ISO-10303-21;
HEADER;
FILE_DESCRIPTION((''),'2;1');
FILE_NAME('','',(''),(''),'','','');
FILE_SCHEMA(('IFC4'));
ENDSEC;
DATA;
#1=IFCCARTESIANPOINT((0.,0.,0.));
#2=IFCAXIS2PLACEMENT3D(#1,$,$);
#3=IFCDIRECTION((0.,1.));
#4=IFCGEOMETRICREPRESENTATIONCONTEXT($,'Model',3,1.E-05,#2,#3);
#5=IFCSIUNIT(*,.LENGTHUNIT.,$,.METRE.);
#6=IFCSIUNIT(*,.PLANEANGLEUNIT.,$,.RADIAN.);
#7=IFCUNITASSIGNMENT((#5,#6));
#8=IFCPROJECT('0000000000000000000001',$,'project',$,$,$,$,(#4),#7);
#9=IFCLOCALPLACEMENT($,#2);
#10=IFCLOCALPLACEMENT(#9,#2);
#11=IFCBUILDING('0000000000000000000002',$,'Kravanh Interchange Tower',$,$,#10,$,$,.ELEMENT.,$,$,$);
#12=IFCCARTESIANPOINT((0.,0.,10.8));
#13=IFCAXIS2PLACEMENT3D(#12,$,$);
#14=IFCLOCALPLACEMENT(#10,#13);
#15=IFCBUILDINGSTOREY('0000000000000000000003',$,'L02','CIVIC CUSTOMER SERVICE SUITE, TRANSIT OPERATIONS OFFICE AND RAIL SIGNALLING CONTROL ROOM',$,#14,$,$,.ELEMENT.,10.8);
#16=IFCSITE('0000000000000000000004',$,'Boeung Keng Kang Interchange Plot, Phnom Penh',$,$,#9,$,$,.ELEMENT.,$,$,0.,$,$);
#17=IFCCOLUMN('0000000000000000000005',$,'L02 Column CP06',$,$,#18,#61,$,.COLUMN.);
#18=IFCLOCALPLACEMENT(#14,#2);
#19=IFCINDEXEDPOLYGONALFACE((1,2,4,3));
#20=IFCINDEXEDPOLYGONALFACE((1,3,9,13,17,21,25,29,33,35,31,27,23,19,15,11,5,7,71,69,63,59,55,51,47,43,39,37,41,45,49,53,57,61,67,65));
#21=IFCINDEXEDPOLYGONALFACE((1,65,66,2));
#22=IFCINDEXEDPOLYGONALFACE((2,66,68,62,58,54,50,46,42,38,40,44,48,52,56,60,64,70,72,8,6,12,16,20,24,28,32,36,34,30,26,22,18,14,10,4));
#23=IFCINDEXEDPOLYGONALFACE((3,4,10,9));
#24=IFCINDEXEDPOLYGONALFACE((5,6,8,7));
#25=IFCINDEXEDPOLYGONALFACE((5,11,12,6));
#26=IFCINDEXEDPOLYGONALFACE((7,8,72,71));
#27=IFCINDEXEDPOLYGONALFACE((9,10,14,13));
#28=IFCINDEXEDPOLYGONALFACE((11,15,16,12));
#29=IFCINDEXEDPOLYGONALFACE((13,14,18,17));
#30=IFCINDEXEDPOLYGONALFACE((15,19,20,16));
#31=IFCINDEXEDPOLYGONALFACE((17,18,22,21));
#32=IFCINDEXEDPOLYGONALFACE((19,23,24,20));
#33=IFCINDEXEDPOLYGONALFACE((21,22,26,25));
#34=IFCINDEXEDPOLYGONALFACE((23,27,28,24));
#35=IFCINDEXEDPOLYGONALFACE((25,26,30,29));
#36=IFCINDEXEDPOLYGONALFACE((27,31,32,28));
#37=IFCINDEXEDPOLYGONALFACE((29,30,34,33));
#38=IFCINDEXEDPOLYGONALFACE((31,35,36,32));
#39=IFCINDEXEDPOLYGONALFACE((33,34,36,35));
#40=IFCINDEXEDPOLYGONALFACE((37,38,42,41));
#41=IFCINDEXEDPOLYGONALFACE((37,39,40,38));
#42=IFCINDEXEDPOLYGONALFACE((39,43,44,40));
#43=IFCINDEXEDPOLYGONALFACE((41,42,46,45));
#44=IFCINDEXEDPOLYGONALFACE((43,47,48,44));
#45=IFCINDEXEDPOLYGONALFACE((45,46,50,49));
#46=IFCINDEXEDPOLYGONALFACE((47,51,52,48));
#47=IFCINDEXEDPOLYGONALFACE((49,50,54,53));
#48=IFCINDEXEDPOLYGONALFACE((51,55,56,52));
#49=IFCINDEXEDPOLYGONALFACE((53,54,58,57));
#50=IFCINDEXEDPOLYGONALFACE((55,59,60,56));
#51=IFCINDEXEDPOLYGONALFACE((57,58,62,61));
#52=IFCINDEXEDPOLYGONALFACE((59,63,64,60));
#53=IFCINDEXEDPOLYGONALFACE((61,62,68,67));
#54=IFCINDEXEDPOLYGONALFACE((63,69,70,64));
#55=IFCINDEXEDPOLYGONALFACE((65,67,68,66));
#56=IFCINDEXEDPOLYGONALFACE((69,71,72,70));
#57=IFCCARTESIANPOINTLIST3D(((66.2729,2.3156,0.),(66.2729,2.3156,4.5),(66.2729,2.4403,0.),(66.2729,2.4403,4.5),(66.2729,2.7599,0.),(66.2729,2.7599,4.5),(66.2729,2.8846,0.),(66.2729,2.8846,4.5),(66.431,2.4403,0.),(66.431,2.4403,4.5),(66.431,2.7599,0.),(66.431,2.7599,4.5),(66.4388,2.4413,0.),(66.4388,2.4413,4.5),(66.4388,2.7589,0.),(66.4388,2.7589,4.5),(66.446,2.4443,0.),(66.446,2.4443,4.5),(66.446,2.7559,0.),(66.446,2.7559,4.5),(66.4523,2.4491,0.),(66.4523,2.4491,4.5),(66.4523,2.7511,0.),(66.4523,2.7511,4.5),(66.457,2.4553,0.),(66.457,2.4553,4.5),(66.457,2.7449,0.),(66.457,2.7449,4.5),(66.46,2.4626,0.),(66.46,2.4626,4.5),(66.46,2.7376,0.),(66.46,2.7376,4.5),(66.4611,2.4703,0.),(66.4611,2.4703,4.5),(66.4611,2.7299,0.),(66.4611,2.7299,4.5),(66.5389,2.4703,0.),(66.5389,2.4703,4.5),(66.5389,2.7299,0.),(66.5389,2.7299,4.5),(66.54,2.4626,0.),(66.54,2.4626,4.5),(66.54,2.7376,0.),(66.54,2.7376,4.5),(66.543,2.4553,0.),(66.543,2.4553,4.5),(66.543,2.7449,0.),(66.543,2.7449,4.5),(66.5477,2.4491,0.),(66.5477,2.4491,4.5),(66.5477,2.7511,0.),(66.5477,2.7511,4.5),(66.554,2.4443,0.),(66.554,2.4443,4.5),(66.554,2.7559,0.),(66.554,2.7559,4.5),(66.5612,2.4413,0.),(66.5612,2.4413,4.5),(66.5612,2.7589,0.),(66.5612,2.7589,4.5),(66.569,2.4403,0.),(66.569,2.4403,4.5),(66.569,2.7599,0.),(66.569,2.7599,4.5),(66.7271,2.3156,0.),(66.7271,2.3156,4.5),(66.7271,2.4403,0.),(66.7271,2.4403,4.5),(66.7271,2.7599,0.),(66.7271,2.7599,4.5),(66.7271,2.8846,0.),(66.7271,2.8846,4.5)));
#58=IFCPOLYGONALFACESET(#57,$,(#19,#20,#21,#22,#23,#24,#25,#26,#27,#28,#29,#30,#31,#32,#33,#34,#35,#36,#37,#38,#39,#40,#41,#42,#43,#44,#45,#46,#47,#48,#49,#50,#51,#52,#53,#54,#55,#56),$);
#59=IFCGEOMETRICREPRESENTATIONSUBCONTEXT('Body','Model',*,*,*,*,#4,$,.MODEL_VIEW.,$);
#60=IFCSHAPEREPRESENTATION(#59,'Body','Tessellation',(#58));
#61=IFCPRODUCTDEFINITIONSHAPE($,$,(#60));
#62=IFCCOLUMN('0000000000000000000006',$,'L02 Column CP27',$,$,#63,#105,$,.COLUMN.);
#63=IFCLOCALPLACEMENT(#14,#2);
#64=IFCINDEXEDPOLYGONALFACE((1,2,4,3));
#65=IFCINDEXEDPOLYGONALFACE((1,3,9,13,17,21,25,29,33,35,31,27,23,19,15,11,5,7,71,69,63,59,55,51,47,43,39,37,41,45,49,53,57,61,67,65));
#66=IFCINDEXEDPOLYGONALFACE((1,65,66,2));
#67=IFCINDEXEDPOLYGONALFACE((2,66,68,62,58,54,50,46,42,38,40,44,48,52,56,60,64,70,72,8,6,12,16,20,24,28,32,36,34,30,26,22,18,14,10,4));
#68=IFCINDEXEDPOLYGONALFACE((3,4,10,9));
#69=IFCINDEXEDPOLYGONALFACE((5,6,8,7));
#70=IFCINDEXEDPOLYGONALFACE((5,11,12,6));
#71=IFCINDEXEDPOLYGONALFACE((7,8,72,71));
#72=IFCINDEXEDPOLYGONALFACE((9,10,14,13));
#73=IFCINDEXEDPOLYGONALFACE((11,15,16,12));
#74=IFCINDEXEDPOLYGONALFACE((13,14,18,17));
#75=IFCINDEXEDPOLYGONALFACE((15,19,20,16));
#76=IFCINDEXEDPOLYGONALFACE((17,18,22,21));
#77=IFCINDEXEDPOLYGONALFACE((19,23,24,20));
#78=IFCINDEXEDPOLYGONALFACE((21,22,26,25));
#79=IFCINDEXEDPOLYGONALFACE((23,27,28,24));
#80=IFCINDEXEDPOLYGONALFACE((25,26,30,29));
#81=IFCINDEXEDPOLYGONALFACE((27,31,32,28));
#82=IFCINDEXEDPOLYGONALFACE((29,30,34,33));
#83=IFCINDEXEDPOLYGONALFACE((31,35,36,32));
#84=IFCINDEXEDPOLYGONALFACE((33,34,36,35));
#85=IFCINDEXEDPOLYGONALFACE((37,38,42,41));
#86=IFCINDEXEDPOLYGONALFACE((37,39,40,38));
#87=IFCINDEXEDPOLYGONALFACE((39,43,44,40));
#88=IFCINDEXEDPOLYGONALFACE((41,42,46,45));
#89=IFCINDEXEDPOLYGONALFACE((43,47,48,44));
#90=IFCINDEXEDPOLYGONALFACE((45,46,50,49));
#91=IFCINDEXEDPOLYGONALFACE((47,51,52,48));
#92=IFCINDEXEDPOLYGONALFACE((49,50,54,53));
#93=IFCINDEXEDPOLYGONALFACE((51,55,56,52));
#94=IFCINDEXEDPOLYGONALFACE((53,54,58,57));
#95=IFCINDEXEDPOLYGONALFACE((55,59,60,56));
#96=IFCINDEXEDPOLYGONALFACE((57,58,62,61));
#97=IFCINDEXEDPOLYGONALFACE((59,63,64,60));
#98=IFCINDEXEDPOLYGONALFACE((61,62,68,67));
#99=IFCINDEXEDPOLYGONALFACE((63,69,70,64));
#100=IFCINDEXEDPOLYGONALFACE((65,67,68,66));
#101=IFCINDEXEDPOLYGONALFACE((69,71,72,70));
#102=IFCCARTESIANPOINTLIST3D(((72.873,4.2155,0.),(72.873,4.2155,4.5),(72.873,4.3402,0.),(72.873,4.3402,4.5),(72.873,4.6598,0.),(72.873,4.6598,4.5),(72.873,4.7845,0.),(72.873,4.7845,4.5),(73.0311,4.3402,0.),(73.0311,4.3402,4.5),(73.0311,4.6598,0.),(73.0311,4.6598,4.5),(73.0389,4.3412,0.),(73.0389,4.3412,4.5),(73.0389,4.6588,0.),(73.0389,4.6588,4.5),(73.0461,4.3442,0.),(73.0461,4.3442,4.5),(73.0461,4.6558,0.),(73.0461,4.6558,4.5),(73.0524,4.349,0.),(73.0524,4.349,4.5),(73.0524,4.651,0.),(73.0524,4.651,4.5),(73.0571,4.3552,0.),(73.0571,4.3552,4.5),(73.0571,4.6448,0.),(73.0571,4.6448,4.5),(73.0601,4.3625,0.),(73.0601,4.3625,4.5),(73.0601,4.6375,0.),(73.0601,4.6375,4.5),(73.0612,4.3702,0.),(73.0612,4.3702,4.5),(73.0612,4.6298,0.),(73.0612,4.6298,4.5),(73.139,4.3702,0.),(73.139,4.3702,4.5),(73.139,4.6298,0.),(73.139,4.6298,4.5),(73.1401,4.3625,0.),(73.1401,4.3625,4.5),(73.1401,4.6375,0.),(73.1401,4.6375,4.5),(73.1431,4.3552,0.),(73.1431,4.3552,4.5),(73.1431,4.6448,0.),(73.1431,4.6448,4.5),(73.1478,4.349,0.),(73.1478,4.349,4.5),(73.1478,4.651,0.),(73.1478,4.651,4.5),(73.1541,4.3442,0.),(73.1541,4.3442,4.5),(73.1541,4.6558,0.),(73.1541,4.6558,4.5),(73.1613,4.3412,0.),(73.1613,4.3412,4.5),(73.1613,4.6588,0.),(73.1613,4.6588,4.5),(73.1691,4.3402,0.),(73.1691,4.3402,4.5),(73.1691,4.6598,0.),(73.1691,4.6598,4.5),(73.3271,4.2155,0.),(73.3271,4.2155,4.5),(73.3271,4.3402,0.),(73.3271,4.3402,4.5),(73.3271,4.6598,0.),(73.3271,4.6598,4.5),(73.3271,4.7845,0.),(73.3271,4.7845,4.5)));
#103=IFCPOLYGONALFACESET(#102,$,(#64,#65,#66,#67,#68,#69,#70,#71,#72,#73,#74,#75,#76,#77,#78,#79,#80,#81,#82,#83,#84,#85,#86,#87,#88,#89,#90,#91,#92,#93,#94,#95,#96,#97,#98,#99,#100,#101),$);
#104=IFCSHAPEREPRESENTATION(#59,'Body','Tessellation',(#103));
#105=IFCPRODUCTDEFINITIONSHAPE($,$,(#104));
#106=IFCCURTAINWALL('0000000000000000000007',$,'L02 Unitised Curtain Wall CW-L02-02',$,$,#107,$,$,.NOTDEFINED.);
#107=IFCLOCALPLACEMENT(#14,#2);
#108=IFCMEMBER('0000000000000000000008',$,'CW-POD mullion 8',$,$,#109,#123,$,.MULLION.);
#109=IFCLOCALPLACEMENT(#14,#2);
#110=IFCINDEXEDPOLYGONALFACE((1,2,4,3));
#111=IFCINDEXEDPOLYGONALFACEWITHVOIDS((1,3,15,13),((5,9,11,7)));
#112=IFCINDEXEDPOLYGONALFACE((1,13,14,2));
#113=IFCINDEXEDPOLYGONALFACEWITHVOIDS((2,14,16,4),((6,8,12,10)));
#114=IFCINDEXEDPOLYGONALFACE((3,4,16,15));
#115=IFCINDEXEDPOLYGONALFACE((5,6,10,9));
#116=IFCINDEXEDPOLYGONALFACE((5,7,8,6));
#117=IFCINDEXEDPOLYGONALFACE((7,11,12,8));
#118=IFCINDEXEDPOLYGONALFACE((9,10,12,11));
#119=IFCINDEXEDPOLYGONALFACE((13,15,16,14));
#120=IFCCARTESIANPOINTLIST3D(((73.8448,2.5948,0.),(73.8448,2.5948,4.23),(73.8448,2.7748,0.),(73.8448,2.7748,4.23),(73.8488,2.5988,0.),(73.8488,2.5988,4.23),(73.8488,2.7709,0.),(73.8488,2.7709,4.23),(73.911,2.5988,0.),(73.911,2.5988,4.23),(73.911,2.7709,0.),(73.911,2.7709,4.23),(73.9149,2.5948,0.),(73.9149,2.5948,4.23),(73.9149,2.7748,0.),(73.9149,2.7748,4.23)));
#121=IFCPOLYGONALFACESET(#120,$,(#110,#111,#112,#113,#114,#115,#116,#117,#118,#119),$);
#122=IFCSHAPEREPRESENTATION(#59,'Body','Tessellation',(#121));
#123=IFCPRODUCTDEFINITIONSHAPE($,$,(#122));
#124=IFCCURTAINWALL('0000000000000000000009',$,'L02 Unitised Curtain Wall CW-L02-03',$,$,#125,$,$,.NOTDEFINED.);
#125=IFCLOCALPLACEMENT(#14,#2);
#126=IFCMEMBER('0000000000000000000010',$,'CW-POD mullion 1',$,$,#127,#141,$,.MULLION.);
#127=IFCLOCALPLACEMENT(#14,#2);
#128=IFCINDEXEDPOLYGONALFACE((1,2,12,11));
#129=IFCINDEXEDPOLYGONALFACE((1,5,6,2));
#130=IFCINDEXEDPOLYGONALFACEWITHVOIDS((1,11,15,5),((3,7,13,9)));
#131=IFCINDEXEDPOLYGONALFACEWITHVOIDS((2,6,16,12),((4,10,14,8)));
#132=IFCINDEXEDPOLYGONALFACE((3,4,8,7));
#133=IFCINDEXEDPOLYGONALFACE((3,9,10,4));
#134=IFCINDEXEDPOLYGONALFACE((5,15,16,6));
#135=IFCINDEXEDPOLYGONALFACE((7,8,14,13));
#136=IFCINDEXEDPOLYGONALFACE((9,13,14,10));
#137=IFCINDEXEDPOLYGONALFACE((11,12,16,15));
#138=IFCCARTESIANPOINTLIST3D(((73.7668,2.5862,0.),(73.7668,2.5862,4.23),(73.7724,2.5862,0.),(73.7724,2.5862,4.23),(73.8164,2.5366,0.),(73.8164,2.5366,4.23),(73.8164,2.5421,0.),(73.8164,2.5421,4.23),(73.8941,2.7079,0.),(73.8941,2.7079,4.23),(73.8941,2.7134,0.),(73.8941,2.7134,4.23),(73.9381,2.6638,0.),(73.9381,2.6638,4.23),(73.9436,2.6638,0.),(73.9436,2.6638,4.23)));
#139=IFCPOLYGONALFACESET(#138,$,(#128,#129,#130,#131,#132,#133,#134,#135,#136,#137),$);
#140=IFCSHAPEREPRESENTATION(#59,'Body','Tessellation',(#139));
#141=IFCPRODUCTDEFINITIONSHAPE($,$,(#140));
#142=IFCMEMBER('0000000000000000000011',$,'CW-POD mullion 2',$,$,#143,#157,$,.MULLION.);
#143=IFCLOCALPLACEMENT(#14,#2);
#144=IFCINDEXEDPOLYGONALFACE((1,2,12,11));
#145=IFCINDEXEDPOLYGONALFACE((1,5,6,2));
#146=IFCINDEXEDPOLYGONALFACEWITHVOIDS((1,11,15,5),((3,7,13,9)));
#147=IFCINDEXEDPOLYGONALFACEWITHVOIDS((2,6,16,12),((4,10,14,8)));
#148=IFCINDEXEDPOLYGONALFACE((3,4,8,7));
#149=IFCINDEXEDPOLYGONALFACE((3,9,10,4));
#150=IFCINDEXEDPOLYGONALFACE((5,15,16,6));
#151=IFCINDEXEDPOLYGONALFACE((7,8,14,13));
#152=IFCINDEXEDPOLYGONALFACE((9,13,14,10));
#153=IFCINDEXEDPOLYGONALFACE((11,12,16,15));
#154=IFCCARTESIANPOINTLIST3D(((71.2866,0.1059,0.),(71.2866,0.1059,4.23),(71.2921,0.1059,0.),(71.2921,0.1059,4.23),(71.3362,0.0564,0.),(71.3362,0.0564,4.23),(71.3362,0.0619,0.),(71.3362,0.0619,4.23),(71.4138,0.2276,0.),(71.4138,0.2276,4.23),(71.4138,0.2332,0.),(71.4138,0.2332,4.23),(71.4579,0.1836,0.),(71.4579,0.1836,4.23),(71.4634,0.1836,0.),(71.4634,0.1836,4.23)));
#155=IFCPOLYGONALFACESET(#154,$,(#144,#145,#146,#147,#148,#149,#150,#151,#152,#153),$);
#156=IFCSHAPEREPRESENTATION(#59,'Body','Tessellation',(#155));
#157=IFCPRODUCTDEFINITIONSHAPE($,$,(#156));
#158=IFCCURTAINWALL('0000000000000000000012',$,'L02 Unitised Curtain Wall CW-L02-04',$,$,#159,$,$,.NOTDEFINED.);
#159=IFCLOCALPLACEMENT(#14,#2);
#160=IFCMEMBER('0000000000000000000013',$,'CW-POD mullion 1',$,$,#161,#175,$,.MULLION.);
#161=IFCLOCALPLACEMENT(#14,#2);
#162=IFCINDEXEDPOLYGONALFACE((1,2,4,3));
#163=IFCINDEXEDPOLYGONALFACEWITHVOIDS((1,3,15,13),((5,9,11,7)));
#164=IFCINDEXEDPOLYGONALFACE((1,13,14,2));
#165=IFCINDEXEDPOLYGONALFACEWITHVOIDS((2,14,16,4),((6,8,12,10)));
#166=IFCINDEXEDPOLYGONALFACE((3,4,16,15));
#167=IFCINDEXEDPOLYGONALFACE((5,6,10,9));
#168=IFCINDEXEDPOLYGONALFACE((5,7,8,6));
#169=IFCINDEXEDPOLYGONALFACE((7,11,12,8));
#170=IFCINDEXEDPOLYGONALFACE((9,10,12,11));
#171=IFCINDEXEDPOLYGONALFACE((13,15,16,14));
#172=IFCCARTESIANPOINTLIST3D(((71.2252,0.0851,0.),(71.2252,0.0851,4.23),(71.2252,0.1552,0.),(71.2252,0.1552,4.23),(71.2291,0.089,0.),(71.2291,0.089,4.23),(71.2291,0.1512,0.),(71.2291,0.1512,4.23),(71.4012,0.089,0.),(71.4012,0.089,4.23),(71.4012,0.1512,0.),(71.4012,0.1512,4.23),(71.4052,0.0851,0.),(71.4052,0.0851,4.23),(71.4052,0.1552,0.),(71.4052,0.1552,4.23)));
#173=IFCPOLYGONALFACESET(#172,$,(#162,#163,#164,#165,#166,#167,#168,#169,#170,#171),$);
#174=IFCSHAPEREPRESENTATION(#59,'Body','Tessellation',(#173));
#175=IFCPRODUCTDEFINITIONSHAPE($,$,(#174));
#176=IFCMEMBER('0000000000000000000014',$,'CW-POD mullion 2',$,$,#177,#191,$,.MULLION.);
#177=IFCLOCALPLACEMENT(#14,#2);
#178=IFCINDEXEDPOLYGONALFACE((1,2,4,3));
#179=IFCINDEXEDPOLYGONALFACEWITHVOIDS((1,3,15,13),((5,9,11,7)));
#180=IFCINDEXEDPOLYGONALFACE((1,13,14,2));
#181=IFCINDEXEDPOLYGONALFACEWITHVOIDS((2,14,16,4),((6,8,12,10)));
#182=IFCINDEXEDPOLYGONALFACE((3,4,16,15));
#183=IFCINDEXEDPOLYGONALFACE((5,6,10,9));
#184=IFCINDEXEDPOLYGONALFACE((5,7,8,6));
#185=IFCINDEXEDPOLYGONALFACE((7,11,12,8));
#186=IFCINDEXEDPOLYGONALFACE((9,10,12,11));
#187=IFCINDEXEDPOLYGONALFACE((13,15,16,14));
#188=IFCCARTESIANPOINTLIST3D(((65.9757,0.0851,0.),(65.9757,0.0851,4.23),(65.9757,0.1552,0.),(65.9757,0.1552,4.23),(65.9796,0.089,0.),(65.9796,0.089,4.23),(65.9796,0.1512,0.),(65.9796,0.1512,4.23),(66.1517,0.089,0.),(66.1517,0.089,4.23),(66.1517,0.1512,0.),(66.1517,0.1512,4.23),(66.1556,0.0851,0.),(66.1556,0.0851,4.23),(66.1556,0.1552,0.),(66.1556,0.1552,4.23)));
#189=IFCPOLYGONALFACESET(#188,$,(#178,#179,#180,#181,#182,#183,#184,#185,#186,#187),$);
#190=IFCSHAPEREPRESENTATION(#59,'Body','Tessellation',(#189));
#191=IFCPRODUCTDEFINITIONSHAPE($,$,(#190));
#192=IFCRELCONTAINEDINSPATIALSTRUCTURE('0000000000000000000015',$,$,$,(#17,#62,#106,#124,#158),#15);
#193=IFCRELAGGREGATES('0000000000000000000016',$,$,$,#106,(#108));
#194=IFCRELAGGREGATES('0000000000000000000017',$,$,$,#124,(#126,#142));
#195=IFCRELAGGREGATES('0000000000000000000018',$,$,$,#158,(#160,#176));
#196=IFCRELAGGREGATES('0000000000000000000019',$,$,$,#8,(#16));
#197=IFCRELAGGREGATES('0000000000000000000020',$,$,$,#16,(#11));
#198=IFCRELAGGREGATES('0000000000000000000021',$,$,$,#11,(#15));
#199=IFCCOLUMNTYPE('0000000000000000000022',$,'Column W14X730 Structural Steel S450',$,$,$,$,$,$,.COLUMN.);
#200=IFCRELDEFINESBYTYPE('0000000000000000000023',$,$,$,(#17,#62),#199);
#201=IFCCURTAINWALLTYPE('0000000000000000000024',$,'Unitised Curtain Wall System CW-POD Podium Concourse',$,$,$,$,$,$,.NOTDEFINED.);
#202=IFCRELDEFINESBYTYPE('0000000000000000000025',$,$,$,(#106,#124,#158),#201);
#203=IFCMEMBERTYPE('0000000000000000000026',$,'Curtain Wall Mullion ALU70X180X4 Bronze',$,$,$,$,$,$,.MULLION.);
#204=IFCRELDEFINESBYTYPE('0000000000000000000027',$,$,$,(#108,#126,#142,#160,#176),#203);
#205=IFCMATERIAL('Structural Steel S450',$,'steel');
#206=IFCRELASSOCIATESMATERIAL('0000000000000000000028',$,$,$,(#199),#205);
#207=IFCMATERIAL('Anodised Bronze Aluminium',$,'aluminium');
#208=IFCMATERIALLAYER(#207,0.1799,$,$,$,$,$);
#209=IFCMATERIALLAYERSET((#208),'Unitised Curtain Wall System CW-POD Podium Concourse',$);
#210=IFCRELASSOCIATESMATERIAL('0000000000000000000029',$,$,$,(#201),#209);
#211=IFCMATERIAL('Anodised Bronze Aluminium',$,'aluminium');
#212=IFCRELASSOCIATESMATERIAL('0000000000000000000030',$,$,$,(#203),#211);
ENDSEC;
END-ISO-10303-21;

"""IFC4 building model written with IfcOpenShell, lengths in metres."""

from ifc_helpers import new_model, si_unit, direction, frame, origin, origin_2d, place, context, subcontext, project, spatial, hollow_rectangle, i_section, extrude, material, layer, layer_set, material_profile, profile_set, type_object, element, aggregate, save


model = new_model("IFC4")

# Units and contexts
model_context = context("Model", 3, precision=1e-05, world=origin(), true_north=direction((0.0, 1.0)))
body_context = subcontext(model_context, "Body", "Model", "MODEL_VIEW")
ifc_project = project(units=[si_unit("LENGTHUNIT", "METRE"), si_unit("PLANEANGLEUNIT", "RADIAN")], contexts=[model_context])

# Site, building, storey
site_placement = place(None, origin())
site = spatial("IfcSite", under=ifc_project, at=site_placement, Name="Boeung Keng Kang Interchange Plot, Phnom Penh", CompositionType="ELEMENT", RefElevation=0.0)
building_placement = place(site_placement, origin())
building = spatial("IfcBuilding", under=site, at=building_placement, Name="Kravanh Interchange Tower", CompositionType="ELEMENT")
storey_placement = place(building_placement, frame((0.0, 0.0, 10.8)))
storey = spatial("IfcBuildingStorey", under=building, at=storey_placement, Name="L02", Description="CIVIC CUSTOMER SERVICE SUITE, TRANSIT OPERATIONS OFFICE AND RAIL SIGNALLING CONTROL ROOM", CompositionType="ELEMENT", Elevation=10.8)

# Columns
ifc_material_1 = material(Name="Structural Steel S450", Category="steel")
ifc_material_profile_1 = material_profile(ifc_material_1, i_section(OverallWidth=0.4541, OverallDepth=0.5691, WebThickness=0.0779, FlangeThickness=0.1248, FilletRadius=0.03, at=origin_2d()), Name="W14X730")
ifc_profile_set_1 = profile_set([ifc_material_profile_1], Name="Structural Steel S450")
column_type = type_object("IfcColumnType", Name="Column W14X730 Structural Steel S450", PredefinedType="COLUMN", material=ifc_profile_set_1)
for number, where, z_axis, x_axis, name in (
    (1, (66.5, 2.6001, 0.0), (0.0, 0.0, 1.0), (1.0, 0.0, 0.0), "L02 Column CP06"),
    (2, (73.1001, 4.5, 0.0), (0.0, 0.0, 1.0), (1.0, 0.0, 0.0), "L02 Column CP27"),
):
    element("IfcColumn", number, at=place(storey_placement, frame(where, z_axis=z_axis, x_axis=x_axis)), inside=storey, type_object=column_type, Name=name, PredefinedType="COLUMN", context=body_context, shape_type="SweptSolid", body=[
        extrude(i_section(OverallWidth=0.4541, OverallDepth=0.5691, WebThickness=0.0779, FlangeThickness=0.1248, FilletRadius=0.03, at=origin_2d()), origin(), (0.0, 0.0, 1.0), 4.5),
    ])

# Curtain wall, member
ifc_material_2 = material(Name="Anodised Bronze Aluminium", Category="aluminium")
ifc_layer_1 = layer(ifc_material_2, 0.1799)
ifc_layer_set_1 = layer_set([ifc_layer_1], Name="Unitised Curtain Wall System CW-POD Podium Concourse")
curtain_wall_type = type_object("IfcCurtainWallType", Name="Unitised Curtain Wall System CW-POD Podium Concourse", PredefinedType="NOTDEFINED", material=ifc_layer_set_1)
curtain_wall_1_placement = place(storey_placement, origin())
curtain_wall_1 = element("IfcCurtainWall", 3, at=curtain_wall_1_placement, inside=storey, type_object=curtain_wall_type, Name="L02 Unitised Curtain Wall CW-L02-02", PredefinedType="NOTDEFINED")
ifc_material_3 = material(Name="Anodised Bronze Aluminium", Category="aluminium")
ifc_material_profile_2 = material_profile(ifc_material_3, hollow_rectangle(XDim=0.0701, YDim=0.1799, WallThickness=0.0039, at=origin_2d()), Name="ALU70X180X4")
ifc_profile_set_2 = profile_set([ifc_material_profile_2], Name="Anodised Bronze Aluminium")
member_type_1 = type_object("IfcMemberType", Name="Curtain Wall Mullion ALU70X180X4 Bronze", PredefinedType="MULLION", material=ifc_profile_set_2)
member_1_placement = place(storey_placement, frame((73.8799, 2.6848, 0.0), z_axis=(0.0, 0.0, 1.0), x_axis=(1.0, 0.0, 0.0)))
member_1 = element("IfcMember", 4, at=member_1_placement, type_object=member_type_1, Name="CW-POD mullion 8", PredefinedType="MULLION", context=body_context, shape_type="SweptSolid", body=[
    extrude(hollow_rectangle(XDim=0.0701, YDim=0.1799, WallThickness=0.0039, at=origin_2d()), origin(), (0.0, 0.0, 1.0), 4.23),
])

# Curtain walls, members
curtain_wall_2_placement = place(storey_placement, origin())
curtain_wall_2 = element("IfcCurtainWall", 5, at=curtain_wall_2_placement, inside=storey, type_object=curtain_wall_type, Name="L02 Unitised Curtain Wall CW-L02-03", PredefinedType="NOTDEFINED")
member_2_placement = place(storey_placement, frame((73.8552, 2.625, 0.0), z_axis=(0.0, 0.0, 1.0), x_axis=(0.707107, -0.707107, 0.0)))
member_2 = element("IfcMember", 6, at=member_2_placement, type_object=member_type_1, Name="CW-POD mullion 1", PredefinedType="MULLION", context=body_context, shape_type="SweptSolid", body=[
    extrude(hollow_rectangle(XDim=0.0701, YDim=0.1799, WallThickness=0.0039, at=origin_2d()), origin(), (0.0, 0.0, 1.0), 4.23),
])
member_3_placement = place(storey_placement, frame((71.375, 0.1448, 0.0), z_axis=(0.0, 0.0, 1.0), x_axis=(0.707107, -0.707107, 0.0)))
member_3 = element("IfcMember", 7, at=member_3_placement, type_object=member_type_1, Name="CW-POD mullion 2", PredefinedType="MULLION", context=body_context, shape_type="SweptSolid", body=[
    extrude(hollow_rectangle(XDim=0.0701, YDim=0.1799, WallThickness=0.0039, at=origin_2d()), origin(), (0.0, 0.0, 1.0), 4.23),
])
curtain_wall_3_placement = place(storey_placement, origin())
curtain_wall_3 = element("IfcCurtainWall", 8, at=curtain_wall_3_placement, inside=storey, type_object=curtain_wall_type, Name="L02 Unitised Curtain Wall CW-L02-04", PredefinedType="NOTDEFINED")
member_4_placement = place(storey_placement, frame((71.3152, 0.1201, 0.0), z_axis=(0.0, 0.0, 1.0), x_axis=(0.0, -1.0, 0.0)))
member_4 = element("IfcMember", 9, at=member_4_placement, type_object=member_type_1, Name="CW-POD mullion 1", PredefinedType="MULLION", context=body_context, shape_type="SweptSolid", body=[
    extrude(hollow_rectangle(XDim=0.0701, YDim=0.1799, WallThickness=0.0039, at=origin_2d()), origin(), (0.0, 0.0, 1.0), 4.23),
])
member_5_placement = place(storey_placement, frame((66.0657, 0.1201, 0.0), z_axis=(0.0, 0.0, 1.0), x_axis=(0.0, -1.0, 0.0)))
member_5 = element("IfcMember", 10, at=member_5_placement, type_object=member_type_1, Name="CW-POD mullion 2", PredefinedType="MULLION", context=body_context, shape_type="SweptSolid", body=[
    extrude(hollow_rectangle(XDim=0.0701, YDim=0.1799, WallThickness=0.0039, at=origin_2d()), origin(), (0.0, 0.0, 1.0), 4.23),
])

aggregate(curtain_wall_1, [member_1])
aggregate(curtain_wall_2, [member_2, member_3])
aggregate(curtain_wall_3, [member_4, member_5])

save(model, "model.ifc")
